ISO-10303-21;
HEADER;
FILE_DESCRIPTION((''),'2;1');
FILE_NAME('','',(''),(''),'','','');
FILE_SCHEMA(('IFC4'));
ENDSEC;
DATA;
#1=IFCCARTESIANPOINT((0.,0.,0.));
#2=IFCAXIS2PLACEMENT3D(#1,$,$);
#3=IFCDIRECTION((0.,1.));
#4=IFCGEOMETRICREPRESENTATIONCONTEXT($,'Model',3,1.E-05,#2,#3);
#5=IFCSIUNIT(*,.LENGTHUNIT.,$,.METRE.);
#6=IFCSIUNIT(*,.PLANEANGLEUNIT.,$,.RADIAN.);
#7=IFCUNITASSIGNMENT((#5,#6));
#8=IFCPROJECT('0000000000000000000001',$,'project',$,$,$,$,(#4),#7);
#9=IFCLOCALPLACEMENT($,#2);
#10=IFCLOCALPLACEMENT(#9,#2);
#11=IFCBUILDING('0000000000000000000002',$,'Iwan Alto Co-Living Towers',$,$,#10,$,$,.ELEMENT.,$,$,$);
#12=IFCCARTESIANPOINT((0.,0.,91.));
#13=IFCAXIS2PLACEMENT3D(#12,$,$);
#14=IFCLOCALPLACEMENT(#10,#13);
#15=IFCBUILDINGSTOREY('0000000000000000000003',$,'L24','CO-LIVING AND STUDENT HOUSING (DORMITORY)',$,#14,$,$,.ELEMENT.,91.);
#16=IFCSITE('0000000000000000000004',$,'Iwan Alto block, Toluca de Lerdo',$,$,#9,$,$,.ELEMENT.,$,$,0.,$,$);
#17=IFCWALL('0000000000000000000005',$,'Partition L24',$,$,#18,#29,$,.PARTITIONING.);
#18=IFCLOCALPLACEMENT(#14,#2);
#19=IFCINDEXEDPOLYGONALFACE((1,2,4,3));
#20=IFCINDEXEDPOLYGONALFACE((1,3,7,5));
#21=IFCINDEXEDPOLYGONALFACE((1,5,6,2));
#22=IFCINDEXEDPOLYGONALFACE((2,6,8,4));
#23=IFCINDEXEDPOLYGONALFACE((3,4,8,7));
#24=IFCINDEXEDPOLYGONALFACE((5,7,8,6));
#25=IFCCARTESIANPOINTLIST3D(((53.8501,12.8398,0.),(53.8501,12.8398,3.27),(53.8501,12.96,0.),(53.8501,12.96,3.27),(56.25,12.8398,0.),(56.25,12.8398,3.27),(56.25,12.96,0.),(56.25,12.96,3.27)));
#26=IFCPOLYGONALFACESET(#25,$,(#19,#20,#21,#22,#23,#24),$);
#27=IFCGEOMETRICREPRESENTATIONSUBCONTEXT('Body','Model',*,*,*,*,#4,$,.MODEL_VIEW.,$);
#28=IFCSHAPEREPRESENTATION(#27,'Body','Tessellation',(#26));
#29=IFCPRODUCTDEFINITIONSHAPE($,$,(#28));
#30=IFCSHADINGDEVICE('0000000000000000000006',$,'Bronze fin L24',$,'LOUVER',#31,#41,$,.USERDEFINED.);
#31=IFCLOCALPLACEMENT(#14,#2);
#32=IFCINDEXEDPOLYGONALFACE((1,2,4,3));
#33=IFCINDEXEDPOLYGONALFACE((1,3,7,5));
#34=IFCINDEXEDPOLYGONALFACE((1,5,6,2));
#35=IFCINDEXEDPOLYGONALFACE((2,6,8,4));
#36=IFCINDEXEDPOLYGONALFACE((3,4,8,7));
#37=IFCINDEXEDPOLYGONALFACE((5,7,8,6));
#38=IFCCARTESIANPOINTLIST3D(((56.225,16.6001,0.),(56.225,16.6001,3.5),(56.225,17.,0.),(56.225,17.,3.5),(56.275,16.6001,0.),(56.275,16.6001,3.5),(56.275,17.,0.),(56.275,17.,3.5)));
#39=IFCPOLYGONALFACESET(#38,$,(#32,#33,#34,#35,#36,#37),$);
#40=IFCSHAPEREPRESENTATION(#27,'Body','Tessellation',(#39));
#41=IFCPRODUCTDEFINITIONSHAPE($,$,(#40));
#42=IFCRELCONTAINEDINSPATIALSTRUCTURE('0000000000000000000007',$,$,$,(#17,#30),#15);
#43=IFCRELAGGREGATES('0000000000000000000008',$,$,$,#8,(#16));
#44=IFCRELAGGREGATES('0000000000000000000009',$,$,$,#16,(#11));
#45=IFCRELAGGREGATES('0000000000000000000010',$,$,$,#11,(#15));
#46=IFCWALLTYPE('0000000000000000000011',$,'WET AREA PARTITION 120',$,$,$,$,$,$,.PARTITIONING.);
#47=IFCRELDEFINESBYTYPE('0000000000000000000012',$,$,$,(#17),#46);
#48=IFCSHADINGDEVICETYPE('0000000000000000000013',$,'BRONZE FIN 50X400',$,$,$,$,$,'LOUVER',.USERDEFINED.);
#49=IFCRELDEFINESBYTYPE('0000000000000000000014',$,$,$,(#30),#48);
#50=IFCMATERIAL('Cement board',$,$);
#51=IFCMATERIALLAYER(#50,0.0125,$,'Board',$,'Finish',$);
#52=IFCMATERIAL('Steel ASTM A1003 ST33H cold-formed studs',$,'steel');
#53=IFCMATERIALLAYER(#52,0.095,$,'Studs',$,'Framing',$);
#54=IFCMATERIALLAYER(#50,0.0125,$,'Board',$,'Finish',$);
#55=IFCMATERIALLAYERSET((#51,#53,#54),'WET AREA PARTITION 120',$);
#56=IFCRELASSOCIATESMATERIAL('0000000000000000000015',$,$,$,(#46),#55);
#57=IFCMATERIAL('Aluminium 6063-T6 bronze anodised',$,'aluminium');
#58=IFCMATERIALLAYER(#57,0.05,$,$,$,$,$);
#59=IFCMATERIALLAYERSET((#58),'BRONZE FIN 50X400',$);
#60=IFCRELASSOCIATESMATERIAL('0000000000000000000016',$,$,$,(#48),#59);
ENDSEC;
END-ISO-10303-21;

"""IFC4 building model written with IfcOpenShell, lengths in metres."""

from ifc_helpers import new_model, si_unit, direction, frame, frame_2d, origin, origin_2d, place, context, subcontext, project, spatial, rectangle, extrude, material, layer, layer_set, type_object, element, save


model = new_model("IFC4")

# Units and contexts
model_context = context("Model", 3, precision=1e-05, world=origin(), true_north=direction((0.0, 1.0)))
body_context = subcontext(model_context, "Body", "Model", "MODEL_VIEW")
ifc_project = project(units=[si_unit("LENGTHUNIT", "METRE"), si_unit("PLANEANGLEUNIT", "RADIAN")], contexts=[model_context])

# Site, building, storey
site_placement = place(None, origin())
site = spatial("IfcSite", under=ifc_project, at=site_placement, Name="Iwan Alto block, Toluca de Lerdo", CompositionType="ELEMENT", RefElevation=0.0)
building_placement = place(site_placement, origin())
building = spatial("IfcBuilding", under=site, at=building_placement, Name="Iwan Alto Co-Living Towers", CompositionType="ELEMENT")
storey_placement = place(building_placement, frame((0.0, 0.0, 91.0)))
storey = spatial("IfcBuildingStorey", under=building, at=storey_placement, Name="L24", Description="CO-LIVING AND STUDENT HOUSING (DORMITORY)", CompositionType="ELEMENT", Elevation=91.0)

# Shared definitions
ifc_material_1 = material(Name="Steel ASTM A1003 ST33H cold-formed studs", Category="steel")

# Wall
ifc_material_2 = material(Name="Cement board")
ifc_layer_1 = layer(ifc_material_2, 0.0125, Name="Board", Category="Finish")
ifc_layer_2 = layer(ifc_material_1, 0.095, Name="Studs", Category="Framing")
ifc_layer_3 = layer(ifc_material_2, 0.0125, Name="Board", Category="Finish")
ifc_layer_set_1 = layer_set([ifc_layer_1, ifc_layer_2, ifc_layer_3], Name="WET AREA PARTITION 120")
wall_type_1 = type_object("IfcWallType", Name="WET AREA PARTITION 120", PredefinedType="PARTITIONING", material=ifc_layer_set_1)
wall_1_placement = place(storey_placement, frame((53.8501, 12.8999, 0.0), z_axis=(0.0, 0.0, 1.0), x_axis=(1.0, 0.0, 0.0)))
element("IfcWall", 1, at=wall_1_placement, inside=storey, type_object=wall_type_1, Name="Partition L24", PredefinedType="PARTITIONING", context=body_context, shape_type="SweptSolid", body=[
    extrude(rectangle(XDim=2.3999, YDim=0.1201, at=frame_2d((1.2, 0.0))), origin(), (0.0, 0.0, 1.0), 3.27),
])

# Shading device
ifc_material_3 = material(Name="Aluminium 6063-T6 bronze anodised", Category="aluminium")
ifc_layer_4 = layer(ifc_material_3, 0.05)
ifc_layer_set_2 = layer_set([ifc_layer_4], Name="BRONZE FIN 50X400")
shading_device_type = type_object("IfcShadingDeviceType", Name="BRONZE FIN 50X400", ElementType="LOUVER", PredefinedType="USERDEFINED", material=ifc_layer_set_2)
shading_device_placement = place(storey_placement, frame((56.25, 16.8, 0.0), z_axis=(0.0, 0.0, 1.0), x_axis=(-1.0, 0.0, 0.0)))
element("IfcShadingDevice", 2, at=shading_device_placement, inside=storey, type_object=shading_device_type, Name="Bronze fin L24", ObjectType="LOUVER", PredefinedType="USERDEFINED", context=body_context, shape_type="SweptSolid", body=[
    extrude(rectangle(XDim=0.05, YDim=0.3999, at=origin_2d()), origin(), (0.0, 0.0, 1.0), 3.5),
])

save(model, "model.ifc")
